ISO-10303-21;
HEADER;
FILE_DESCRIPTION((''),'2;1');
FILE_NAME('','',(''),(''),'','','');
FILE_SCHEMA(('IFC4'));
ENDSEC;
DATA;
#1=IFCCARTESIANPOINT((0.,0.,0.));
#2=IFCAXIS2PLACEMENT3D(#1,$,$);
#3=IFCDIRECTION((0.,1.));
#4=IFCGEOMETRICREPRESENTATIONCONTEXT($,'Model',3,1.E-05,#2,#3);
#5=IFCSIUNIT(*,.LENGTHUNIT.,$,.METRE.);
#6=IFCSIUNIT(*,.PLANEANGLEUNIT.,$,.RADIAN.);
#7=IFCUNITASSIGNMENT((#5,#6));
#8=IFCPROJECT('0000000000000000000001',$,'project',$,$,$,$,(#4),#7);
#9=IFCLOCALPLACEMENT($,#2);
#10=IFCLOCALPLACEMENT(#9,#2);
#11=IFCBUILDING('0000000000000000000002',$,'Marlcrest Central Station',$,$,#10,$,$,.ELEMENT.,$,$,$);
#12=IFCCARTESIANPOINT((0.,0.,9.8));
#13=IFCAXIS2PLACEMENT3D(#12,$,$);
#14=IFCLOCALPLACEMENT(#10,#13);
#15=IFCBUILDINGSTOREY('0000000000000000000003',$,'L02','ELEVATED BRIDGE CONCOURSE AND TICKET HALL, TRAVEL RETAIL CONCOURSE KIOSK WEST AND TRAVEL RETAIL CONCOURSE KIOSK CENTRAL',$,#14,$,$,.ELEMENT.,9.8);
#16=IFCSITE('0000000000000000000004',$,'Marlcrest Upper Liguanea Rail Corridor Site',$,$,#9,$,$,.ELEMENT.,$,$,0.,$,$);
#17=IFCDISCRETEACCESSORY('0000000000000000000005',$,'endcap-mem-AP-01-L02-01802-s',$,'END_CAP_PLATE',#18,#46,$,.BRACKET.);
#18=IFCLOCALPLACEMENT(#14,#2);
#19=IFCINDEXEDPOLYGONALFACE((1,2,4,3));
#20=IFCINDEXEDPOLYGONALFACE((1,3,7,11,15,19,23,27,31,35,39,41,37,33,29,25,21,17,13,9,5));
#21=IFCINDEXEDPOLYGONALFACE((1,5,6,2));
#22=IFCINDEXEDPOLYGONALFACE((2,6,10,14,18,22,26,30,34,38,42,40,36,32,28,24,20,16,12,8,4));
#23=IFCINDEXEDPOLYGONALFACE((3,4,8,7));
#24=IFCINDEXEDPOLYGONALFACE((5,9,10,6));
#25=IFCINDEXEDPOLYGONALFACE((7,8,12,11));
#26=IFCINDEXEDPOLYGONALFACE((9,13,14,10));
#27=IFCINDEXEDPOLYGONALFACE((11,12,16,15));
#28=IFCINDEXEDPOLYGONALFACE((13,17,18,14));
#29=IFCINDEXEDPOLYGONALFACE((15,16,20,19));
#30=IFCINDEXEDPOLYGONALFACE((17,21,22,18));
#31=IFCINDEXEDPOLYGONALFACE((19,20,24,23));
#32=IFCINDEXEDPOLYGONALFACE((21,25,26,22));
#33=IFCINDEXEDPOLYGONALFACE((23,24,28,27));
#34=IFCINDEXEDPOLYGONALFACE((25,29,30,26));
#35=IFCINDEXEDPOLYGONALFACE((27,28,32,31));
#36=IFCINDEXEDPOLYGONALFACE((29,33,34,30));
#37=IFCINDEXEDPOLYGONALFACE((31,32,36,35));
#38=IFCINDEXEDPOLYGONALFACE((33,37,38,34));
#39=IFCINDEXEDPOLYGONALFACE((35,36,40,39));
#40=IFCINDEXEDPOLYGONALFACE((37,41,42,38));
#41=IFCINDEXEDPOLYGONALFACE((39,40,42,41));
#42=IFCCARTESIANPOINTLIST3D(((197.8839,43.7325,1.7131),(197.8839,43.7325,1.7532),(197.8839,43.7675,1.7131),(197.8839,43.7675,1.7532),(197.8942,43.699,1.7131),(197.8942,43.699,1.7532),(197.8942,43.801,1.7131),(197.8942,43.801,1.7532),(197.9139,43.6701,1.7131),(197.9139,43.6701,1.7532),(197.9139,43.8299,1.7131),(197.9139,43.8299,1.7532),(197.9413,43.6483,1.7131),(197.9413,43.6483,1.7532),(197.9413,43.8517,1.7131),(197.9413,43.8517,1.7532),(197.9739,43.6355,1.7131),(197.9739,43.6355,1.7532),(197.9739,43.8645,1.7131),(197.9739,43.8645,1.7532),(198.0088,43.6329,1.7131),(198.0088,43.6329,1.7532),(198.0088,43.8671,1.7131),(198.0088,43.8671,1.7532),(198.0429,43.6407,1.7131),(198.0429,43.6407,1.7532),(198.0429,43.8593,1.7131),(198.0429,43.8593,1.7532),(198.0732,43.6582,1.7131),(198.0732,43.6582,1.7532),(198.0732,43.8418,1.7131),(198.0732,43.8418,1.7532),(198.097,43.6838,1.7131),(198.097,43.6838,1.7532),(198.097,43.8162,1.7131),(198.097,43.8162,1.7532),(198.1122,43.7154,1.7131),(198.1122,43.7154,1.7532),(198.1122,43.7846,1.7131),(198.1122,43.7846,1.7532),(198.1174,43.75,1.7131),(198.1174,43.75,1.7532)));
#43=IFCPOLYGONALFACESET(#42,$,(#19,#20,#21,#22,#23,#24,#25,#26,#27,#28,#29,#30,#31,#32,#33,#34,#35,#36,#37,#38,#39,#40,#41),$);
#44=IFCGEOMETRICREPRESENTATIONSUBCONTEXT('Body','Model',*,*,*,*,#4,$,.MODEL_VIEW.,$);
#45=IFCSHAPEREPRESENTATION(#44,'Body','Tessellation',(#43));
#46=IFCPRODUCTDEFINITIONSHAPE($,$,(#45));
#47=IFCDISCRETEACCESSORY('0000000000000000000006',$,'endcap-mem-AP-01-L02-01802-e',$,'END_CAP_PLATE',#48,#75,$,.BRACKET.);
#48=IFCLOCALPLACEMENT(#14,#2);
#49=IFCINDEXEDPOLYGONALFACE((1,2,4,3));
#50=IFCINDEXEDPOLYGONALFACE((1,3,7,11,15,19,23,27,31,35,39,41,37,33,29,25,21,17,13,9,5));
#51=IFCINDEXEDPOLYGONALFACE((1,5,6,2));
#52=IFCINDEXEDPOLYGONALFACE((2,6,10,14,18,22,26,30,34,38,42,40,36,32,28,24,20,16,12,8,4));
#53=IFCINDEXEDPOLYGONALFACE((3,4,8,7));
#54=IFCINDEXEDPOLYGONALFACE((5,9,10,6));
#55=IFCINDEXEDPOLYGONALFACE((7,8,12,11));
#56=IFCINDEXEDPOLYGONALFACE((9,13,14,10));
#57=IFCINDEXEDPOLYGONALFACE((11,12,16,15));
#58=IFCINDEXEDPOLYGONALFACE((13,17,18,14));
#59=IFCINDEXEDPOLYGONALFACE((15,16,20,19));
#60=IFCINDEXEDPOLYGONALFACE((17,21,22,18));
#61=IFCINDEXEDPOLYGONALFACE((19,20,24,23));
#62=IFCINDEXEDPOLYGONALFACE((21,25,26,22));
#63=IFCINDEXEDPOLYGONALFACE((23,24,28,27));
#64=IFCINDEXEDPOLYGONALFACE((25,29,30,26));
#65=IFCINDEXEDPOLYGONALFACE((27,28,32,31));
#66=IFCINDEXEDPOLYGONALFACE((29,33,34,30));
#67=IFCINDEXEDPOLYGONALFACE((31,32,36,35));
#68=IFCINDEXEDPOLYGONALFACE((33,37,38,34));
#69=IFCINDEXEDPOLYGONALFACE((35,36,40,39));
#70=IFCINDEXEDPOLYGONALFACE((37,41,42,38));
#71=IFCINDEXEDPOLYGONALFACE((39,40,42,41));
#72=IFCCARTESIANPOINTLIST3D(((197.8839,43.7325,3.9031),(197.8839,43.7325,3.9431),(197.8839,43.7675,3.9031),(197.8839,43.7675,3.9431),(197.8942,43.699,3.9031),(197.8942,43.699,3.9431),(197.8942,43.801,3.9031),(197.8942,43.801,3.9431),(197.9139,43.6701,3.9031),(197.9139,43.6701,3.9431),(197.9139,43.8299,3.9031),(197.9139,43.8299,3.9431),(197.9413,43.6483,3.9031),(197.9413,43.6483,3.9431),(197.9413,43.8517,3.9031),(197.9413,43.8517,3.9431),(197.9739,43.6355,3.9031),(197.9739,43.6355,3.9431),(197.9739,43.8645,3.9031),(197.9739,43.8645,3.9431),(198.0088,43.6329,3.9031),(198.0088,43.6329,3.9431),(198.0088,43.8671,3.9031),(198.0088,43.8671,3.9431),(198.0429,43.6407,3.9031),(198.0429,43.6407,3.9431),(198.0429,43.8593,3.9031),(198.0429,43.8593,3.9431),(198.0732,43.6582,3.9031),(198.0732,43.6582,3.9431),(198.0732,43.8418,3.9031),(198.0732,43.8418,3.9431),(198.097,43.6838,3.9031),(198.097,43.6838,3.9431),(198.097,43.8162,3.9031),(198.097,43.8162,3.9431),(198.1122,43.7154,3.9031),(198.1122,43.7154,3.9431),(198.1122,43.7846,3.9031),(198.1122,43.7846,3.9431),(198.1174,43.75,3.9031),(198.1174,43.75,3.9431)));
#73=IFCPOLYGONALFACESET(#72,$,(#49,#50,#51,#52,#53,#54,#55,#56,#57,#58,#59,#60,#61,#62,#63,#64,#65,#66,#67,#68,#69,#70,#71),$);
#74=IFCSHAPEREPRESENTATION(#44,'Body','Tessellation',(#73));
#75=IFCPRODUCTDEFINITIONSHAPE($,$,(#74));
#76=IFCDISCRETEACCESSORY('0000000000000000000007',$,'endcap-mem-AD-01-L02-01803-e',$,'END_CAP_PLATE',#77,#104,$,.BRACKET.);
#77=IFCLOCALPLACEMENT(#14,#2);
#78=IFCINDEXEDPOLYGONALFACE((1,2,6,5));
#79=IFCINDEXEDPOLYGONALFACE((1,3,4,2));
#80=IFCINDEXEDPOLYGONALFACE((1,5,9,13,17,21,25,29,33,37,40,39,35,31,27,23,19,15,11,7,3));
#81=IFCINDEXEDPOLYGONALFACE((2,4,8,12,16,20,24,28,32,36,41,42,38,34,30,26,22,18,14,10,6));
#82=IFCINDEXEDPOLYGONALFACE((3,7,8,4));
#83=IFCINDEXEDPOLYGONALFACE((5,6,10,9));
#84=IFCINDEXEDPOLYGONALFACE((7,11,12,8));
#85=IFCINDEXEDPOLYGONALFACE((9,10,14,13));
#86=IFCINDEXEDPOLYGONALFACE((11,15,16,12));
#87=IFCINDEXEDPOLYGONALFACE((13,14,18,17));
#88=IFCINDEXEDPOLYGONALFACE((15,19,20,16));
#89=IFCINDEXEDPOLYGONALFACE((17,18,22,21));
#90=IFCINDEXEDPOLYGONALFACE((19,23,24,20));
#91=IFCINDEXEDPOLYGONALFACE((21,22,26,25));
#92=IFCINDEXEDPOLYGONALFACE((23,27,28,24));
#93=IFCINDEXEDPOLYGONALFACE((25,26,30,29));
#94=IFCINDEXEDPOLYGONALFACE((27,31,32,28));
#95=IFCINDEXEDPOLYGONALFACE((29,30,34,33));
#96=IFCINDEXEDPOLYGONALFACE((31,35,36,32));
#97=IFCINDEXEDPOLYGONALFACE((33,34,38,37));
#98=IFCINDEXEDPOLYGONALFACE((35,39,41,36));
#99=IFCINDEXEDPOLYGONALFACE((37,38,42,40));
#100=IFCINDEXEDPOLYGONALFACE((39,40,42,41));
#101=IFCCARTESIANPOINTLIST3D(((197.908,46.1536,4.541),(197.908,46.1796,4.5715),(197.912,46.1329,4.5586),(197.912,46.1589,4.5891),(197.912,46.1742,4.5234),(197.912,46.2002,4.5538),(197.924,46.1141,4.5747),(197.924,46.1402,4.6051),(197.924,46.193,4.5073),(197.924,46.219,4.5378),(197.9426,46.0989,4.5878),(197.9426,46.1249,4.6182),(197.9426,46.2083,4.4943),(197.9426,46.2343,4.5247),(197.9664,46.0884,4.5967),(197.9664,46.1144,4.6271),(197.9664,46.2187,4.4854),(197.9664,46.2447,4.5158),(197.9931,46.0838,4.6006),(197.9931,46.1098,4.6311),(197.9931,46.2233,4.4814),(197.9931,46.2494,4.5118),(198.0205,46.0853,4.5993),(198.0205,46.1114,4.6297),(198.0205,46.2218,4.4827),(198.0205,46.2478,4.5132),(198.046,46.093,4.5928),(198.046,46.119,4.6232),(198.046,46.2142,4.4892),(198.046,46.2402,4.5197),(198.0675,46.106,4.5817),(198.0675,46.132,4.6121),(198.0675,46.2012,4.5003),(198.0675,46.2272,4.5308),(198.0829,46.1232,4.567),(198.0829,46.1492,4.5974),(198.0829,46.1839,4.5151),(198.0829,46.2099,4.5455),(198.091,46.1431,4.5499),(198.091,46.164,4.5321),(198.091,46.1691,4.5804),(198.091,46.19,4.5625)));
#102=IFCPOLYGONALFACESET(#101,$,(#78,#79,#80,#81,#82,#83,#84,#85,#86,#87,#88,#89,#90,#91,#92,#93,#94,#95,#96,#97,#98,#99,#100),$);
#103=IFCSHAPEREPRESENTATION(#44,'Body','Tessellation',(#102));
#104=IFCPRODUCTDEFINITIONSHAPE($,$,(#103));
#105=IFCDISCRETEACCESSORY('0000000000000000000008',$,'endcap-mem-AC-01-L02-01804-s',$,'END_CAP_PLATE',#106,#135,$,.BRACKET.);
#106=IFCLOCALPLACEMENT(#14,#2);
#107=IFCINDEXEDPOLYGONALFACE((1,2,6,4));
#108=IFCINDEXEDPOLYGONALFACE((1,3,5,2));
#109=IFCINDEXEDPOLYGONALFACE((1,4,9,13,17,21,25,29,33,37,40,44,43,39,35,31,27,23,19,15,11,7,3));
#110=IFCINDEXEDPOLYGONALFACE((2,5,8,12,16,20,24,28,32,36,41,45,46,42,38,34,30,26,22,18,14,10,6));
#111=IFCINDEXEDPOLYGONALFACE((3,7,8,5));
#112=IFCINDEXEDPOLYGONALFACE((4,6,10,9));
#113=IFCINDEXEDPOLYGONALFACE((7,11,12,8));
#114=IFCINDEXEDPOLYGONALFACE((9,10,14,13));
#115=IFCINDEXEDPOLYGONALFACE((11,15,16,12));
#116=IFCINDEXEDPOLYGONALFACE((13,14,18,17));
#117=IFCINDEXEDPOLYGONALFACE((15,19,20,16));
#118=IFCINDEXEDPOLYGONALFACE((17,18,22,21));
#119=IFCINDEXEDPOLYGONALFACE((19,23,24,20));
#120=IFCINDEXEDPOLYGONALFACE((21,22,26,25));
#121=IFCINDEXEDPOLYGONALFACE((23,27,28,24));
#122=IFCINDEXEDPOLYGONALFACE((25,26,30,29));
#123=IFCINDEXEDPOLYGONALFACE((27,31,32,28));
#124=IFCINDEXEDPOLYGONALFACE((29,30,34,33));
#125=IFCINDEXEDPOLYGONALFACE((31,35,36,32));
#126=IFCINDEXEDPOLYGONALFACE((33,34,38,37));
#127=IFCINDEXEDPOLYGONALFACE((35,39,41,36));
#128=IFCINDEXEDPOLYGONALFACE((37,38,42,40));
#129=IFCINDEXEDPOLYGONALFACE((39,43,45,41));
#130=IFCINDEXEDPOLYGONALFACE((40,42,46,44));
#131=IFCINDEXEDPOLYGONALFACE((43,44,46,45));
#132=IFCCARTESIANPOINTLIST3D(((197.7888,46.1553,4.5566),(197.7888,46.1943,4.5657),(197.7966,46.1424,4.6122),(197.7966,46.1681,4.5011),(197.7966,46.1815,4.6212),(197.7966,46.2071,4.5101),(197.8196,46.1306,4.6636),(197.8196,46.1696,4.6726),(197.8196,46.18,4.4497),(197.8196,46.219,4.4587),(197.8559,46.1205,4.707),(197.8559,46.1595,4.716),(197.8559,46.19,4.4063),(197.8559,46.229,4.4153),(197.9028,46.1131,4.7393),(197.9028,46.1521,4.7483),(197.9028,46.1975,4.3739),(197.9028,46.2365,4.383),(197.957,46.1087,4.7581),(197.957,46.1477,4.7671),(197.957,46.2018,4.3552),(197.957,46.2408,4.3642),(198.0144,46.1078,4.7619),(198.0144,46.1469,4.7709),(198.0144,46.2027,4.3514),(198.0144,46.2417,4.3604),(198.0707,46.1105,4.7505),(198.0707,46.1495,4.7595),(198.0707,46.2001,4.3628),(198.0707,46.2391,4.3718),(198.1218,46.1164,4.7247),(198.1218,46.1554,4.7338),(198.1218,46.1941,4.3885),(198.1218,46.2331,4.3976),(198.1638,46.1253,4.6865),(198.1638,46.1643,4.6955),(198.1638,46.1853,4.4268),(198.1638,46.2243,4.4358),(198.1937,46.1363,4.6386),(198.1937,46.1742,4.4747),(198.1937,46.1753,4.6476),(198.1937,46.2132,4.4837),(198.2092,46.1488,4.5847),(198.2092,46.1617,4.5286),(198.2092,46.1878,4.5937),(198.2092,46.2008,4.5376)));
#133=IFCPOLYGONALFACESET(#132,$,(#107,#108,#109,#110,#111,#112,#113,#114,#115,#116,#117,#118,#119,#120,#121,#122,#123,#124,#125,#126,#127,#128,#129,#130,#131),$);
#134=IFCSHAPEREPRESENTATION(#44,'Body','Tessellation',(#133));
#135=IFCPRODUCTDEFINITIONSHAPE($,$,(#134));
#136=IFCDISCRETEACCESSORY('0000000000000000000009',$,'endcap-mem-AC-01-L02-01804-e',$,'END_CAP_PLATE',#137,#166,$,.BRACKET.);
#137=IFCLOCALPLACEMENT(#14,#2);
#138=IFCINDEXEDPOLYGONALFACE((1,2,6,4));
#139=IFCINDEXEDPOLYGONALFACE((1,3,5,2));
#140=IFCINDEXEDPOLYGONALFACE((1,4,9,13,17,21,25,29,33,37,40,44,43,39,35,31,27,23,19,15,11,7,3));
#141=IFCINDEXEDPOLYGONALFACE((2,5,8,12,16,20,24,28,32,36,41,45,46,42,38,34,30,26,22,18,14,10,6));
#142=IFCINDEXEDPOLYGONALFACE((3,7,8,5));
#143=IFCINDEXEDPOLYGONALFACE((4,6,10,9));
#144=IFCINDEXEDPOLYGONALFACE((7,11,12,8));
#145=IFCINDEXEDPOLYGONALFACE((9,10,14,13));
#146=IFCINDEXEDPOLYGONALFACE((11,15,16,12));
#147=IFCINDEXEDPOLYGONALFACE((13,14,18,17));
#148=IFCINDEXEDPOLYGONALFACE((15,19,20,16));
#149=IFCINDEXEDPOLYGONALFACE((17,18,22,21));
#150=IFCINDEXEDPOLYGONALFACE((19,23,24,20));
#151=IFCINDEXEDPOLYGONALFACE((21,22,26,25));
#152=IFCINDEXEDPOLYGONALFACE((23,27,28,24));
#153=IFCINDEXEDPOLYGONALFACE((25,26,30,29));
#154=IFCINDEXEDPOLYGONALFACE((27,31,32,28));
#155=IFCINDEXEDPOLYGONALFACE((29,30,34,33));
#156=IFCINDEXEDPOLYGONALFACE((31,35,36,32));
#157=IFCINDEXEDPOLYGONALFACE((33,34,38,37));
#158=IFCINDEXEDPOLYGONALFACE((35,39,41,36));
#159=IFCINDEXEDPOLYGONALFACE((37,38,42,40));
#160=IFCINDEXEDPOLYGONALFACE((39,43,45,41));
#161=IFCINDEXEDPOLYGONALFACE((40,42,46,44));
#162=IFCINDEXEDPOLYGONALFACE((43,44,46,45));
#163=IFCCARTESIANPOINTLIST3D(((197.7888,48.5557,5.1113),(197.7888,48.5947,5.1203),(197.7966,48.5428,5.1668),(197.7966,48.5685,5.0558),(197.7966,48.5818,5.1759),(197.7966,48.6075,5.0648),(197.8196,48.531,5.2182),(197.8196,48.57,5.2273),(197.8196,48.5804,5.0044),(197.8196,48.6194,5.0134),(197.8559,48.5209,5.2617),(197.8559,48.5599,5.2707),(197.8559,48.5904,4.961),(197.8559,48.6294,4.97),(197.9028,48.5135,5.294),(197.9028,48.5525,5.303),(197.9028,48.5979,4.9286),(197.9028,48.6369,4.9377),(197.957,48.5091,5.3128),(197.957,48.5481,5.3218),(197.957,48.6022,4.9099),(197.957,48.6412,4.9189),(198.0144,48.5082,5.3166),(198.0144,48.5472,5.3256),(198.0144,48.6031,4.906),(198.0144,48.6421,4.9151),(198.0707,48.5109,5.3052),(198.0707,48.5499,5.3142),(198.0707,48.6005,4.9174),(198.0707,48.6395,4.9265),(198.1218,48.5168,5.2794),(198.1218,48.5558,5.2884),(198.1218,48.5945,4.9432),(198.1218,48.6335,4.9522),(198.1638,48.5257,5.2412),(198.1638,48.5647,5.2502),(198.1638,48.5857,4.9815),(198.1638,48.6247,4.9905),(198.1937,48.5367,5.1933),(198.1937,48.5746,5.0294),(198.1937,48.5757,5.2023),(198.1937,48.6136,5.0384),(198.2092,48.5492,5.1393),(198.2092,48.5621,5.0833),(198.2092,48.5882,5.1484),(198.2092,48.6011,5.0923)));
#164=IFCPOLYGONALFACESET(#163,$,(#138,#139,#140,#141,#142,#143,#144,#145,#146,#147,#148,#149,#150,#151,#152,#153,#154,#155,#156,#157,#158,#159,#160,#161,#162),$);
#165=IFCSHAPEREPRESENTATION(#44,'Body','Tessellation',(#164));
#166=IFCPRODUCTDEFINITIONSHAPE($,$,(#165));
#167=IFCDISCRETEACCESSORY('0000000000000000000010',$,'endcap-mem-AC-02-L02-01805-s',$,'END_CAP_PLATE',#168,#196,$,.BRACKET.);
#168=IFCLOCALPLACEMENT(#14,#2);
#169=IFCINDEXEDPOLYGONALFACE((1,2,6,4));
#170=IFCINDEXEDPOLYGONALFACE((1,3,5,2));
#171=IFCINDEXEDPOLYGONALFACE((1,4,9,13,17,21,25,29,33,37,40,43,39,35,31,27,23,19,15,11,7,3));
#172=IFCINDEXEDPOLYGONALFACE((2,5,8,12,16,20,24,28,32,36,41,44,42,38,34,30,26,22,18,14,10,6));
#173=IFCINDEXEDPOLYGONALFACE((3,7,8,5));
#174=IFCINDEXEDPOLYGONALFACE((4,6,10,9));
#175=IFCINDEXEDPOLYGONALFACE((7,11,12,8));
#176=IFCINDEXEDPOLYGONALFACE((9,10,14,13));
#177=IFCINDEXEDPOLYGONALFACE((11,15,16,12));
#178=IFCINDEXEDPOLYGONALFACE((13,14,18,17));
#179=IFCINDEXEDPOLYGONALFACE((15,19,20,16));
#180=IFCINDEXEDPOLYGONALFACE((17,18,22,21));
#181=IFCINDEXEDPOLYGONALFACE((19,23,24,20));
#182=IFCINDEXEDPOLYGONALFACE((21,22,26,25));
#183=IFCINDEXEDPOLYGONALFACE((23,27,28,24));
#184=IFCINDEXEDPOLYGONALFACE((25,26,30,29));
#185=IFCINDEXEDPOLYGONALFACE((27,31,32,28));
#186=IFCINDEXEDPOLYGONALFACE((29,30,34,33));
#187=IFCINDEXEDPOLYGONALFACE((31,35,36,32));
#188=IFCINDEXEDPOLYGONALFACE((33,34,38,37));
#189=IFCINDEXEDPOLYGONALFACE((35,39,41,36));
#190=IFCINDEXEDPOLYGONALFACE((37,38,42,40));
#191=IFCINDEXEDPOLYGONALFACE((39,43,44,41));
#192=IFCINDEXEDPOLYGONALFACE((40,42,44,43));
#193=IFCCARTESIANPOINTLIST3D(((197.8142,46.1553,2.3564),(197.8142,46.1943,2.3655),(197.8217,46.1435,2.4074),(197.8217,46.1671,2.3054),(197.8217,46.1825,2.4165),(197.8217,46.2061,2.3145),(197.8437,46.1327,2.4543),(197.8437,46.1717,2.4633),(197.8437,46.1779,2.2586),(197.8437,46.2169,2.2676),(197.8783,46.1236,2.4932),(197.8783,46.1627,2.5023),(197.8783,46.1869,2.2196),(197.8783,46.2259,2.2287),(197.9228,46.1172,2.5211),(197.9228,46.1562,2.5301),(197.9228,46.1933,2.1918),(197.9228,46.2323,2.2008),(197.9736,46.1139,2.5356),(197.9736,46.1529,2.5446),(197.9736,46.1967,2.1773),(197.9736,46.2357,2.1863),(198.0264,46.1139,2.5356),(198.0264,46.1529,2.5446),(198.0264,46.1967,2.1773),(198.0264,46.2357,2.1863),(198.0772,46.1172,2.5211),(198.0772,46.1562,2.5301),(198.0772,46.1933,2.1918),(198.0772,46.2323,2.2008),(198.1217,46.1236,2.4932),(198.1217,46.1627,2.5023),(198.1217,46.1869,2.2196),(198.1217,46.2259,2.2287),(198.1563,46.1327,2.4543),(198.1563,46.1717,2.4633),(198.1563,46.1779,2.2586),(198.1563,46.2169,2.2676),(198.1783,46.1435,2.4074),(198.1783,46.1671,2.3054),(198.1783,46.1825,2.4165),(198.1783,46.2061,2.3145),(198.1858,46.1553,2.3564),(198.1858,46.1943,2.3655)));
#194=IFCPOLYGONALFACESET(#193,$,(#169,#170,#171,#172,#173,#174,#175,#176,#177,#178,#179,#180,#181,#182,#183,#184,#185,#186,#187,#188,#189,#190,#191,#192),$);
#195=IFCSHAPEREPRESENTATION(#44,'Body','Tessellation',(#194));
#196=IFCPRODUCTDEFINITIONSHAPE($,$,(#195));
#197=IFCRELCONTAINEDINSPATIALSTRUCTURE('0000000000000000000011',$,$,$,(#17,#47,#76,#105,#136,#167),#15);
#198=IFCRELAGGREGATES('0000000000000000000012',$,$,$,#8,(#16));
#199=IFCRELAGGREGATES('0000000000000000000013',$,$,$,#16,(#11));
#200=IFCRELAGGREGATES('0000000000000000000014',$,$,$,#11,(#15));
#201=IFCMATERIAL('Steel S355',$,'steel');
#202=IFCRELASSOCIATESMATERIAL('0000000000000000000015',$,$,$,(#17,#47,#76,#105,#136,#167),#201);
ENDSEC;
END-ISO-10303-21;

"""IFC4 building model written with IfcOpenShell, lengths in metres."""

from ifc_helpers import new_model, si_unit, direction, frame, origin, origin_2d, place, context, subcontext, project, spatial, circle, extrude, material, element, save


model = new_model("IFC4")

# Units and contexts
model_context = context("Model", 3, precision=1e-05, world=origin(), true_north=direction((0.0, 1.0)))
body_context = subcontext(model_context, "Body", "Model", "MODEL_VIEW")
ifc_project = project(units=[si_unit("LENGTHUNIT", "METRE"), si_unit("PLANEANGLEUNIT", "RADIAN")], contexts=[model_context])

# Site, building, storey
site_placement = place(None, origin())
site = spatial("IfcSite", under=ifc_project, at=site_placement, Name="Marlcrest Upper Liguanea Rail Corridor Site", CompositionType="ELEMENT", RefElevation=0.0)
building_placement = place(site_placement, origin())
building = spatial("IfcBuilding", under=site, at=building_placement, Name="Marlcrest Central Station", CompositionType="ELEMENT")
storey_placement = place(building_placement, frame((0.0, 0.0, 9.8)))
storey = spatial("IfcBuildingStorey", under=building, at=storey_placement, Name="L02", Description="ELEVATED BRIDGE CONCOURSE AND TICKET HALL, TRAVEL RETAIL CONCOURSE KIOSK WEST AND TRAVEL RETAIL CONCOURSE KIOSK CENTRAL", CompositionType="ELEMENT", Elevation=9.8)

# Shared definitions
ifc_material_1 = material(Name="Steel S355", Category="steel")

# Discrete accessories
for number, where, z_axis, x_axis, name in (
    (1, (198.0, 43.75, 1.7131), (0.0, 0.0, 1.0), (1.0, 0.0, 0.0), "endcap-mem-AP-01-L02-01802-s"),
    (2, (198.0, 43.75, 3.9031), (0.0, 0.0, 1.0), (1.0, 0.0, 0.0), "endcap-mem-AP-01-L02-01802-e"),
):
    element("IfcDiscreteAccessory", number, at=place(storey_placement, frame(where, z_axis=z_axis, x_axis=x_axis)), inside=storey, material=ifc_material_1, Name=name, ObjectType="END_CAP_PLATE", PredefinedType="BRACKET", context=body_context, shape_type="SweptSolid", body=[
        extrude(circle(Radius=0.1174, at=origin_2d()), origin(), (0.0, 0.0, 1.0), 0.04),
    ])
discrete_accessory_1_placement = place(storey_placement, frame((198.0, 46.1536, 4.541), z_axis=(0.0, 0.649625, 0.760255), x_axis=(-1.0, 0.0, 0.0)))
element("IfcDiscreteAccessory", 3, at=discrete_accessory_1_placement, inside=storey, material=ifc_material_1, Name="endcap-mem-AD-01-L02-01803-e", ObjectType="END_CAP_PLATE", PredefinedType="BRACKET", context=body_context, shape_type="SweptSolid", body=[
    extrude(circle(Radius=0.092, at=origin_2d()), origin(), (0.0, 0.0, 1.0), 0.04),
])
for number, where, z_axis, x_axis, name in (
    (4, (198.0, 46.1553, 4.5566), (0.0, 0.97433, 0.225126), (-1.0, 0.0, 0.0), "endcap-mem-AC-01-L02-01804-s"),
    (5, (198.0, 48.5557, 5.1113), (0.0, 0.97433, 0.225126), (-1.0, 0.0, 0.0), "endcap-mem-AC-01-L02-01804-e"),
):
    element("IfcDiscreteAccessory", number, at=place(storey_placement, frame(where, z_axis=z_axis, x_axis=x_axis)), inside=storey, material=ifc_material_1, Name=name, ObjectType="END_CAP_PLATE", PredefinedType="BRACKET", context=body_context, shape_type="SweptSolid", body=[
        extrude(circle(Radius=0.2112, at=origin_2d()), origin(), (0.0, 0.0, 1.0), 0.04),
    ])
for number, where, z_axis, x_axis, name in (
    (6, (198.0, 46.1553, 2.3564), (0.0, 0.974308, 0.22522), (-1.0, 0.0, 0.0), "endcap-mem-AC-02-L02-01805-s"),
):
    element("IfcDiscreteAccessory", number, at=place(storey_placement, frame(where, z_axis=z_axis, x_axis=x_axis)), inside=storey, material=ifc_material_1, Name=name, ObjectType="END_CAP_PLATE", PredefinedType="BRACKET", context=body_context, shape_type="SweptSolid", body=[
        extrude(circle(Radius=0.1858, at=origin_2d()), origin(), (0.0, 0.0, 1.0), 0.04),
    ])

save(model, "model.ifc")
